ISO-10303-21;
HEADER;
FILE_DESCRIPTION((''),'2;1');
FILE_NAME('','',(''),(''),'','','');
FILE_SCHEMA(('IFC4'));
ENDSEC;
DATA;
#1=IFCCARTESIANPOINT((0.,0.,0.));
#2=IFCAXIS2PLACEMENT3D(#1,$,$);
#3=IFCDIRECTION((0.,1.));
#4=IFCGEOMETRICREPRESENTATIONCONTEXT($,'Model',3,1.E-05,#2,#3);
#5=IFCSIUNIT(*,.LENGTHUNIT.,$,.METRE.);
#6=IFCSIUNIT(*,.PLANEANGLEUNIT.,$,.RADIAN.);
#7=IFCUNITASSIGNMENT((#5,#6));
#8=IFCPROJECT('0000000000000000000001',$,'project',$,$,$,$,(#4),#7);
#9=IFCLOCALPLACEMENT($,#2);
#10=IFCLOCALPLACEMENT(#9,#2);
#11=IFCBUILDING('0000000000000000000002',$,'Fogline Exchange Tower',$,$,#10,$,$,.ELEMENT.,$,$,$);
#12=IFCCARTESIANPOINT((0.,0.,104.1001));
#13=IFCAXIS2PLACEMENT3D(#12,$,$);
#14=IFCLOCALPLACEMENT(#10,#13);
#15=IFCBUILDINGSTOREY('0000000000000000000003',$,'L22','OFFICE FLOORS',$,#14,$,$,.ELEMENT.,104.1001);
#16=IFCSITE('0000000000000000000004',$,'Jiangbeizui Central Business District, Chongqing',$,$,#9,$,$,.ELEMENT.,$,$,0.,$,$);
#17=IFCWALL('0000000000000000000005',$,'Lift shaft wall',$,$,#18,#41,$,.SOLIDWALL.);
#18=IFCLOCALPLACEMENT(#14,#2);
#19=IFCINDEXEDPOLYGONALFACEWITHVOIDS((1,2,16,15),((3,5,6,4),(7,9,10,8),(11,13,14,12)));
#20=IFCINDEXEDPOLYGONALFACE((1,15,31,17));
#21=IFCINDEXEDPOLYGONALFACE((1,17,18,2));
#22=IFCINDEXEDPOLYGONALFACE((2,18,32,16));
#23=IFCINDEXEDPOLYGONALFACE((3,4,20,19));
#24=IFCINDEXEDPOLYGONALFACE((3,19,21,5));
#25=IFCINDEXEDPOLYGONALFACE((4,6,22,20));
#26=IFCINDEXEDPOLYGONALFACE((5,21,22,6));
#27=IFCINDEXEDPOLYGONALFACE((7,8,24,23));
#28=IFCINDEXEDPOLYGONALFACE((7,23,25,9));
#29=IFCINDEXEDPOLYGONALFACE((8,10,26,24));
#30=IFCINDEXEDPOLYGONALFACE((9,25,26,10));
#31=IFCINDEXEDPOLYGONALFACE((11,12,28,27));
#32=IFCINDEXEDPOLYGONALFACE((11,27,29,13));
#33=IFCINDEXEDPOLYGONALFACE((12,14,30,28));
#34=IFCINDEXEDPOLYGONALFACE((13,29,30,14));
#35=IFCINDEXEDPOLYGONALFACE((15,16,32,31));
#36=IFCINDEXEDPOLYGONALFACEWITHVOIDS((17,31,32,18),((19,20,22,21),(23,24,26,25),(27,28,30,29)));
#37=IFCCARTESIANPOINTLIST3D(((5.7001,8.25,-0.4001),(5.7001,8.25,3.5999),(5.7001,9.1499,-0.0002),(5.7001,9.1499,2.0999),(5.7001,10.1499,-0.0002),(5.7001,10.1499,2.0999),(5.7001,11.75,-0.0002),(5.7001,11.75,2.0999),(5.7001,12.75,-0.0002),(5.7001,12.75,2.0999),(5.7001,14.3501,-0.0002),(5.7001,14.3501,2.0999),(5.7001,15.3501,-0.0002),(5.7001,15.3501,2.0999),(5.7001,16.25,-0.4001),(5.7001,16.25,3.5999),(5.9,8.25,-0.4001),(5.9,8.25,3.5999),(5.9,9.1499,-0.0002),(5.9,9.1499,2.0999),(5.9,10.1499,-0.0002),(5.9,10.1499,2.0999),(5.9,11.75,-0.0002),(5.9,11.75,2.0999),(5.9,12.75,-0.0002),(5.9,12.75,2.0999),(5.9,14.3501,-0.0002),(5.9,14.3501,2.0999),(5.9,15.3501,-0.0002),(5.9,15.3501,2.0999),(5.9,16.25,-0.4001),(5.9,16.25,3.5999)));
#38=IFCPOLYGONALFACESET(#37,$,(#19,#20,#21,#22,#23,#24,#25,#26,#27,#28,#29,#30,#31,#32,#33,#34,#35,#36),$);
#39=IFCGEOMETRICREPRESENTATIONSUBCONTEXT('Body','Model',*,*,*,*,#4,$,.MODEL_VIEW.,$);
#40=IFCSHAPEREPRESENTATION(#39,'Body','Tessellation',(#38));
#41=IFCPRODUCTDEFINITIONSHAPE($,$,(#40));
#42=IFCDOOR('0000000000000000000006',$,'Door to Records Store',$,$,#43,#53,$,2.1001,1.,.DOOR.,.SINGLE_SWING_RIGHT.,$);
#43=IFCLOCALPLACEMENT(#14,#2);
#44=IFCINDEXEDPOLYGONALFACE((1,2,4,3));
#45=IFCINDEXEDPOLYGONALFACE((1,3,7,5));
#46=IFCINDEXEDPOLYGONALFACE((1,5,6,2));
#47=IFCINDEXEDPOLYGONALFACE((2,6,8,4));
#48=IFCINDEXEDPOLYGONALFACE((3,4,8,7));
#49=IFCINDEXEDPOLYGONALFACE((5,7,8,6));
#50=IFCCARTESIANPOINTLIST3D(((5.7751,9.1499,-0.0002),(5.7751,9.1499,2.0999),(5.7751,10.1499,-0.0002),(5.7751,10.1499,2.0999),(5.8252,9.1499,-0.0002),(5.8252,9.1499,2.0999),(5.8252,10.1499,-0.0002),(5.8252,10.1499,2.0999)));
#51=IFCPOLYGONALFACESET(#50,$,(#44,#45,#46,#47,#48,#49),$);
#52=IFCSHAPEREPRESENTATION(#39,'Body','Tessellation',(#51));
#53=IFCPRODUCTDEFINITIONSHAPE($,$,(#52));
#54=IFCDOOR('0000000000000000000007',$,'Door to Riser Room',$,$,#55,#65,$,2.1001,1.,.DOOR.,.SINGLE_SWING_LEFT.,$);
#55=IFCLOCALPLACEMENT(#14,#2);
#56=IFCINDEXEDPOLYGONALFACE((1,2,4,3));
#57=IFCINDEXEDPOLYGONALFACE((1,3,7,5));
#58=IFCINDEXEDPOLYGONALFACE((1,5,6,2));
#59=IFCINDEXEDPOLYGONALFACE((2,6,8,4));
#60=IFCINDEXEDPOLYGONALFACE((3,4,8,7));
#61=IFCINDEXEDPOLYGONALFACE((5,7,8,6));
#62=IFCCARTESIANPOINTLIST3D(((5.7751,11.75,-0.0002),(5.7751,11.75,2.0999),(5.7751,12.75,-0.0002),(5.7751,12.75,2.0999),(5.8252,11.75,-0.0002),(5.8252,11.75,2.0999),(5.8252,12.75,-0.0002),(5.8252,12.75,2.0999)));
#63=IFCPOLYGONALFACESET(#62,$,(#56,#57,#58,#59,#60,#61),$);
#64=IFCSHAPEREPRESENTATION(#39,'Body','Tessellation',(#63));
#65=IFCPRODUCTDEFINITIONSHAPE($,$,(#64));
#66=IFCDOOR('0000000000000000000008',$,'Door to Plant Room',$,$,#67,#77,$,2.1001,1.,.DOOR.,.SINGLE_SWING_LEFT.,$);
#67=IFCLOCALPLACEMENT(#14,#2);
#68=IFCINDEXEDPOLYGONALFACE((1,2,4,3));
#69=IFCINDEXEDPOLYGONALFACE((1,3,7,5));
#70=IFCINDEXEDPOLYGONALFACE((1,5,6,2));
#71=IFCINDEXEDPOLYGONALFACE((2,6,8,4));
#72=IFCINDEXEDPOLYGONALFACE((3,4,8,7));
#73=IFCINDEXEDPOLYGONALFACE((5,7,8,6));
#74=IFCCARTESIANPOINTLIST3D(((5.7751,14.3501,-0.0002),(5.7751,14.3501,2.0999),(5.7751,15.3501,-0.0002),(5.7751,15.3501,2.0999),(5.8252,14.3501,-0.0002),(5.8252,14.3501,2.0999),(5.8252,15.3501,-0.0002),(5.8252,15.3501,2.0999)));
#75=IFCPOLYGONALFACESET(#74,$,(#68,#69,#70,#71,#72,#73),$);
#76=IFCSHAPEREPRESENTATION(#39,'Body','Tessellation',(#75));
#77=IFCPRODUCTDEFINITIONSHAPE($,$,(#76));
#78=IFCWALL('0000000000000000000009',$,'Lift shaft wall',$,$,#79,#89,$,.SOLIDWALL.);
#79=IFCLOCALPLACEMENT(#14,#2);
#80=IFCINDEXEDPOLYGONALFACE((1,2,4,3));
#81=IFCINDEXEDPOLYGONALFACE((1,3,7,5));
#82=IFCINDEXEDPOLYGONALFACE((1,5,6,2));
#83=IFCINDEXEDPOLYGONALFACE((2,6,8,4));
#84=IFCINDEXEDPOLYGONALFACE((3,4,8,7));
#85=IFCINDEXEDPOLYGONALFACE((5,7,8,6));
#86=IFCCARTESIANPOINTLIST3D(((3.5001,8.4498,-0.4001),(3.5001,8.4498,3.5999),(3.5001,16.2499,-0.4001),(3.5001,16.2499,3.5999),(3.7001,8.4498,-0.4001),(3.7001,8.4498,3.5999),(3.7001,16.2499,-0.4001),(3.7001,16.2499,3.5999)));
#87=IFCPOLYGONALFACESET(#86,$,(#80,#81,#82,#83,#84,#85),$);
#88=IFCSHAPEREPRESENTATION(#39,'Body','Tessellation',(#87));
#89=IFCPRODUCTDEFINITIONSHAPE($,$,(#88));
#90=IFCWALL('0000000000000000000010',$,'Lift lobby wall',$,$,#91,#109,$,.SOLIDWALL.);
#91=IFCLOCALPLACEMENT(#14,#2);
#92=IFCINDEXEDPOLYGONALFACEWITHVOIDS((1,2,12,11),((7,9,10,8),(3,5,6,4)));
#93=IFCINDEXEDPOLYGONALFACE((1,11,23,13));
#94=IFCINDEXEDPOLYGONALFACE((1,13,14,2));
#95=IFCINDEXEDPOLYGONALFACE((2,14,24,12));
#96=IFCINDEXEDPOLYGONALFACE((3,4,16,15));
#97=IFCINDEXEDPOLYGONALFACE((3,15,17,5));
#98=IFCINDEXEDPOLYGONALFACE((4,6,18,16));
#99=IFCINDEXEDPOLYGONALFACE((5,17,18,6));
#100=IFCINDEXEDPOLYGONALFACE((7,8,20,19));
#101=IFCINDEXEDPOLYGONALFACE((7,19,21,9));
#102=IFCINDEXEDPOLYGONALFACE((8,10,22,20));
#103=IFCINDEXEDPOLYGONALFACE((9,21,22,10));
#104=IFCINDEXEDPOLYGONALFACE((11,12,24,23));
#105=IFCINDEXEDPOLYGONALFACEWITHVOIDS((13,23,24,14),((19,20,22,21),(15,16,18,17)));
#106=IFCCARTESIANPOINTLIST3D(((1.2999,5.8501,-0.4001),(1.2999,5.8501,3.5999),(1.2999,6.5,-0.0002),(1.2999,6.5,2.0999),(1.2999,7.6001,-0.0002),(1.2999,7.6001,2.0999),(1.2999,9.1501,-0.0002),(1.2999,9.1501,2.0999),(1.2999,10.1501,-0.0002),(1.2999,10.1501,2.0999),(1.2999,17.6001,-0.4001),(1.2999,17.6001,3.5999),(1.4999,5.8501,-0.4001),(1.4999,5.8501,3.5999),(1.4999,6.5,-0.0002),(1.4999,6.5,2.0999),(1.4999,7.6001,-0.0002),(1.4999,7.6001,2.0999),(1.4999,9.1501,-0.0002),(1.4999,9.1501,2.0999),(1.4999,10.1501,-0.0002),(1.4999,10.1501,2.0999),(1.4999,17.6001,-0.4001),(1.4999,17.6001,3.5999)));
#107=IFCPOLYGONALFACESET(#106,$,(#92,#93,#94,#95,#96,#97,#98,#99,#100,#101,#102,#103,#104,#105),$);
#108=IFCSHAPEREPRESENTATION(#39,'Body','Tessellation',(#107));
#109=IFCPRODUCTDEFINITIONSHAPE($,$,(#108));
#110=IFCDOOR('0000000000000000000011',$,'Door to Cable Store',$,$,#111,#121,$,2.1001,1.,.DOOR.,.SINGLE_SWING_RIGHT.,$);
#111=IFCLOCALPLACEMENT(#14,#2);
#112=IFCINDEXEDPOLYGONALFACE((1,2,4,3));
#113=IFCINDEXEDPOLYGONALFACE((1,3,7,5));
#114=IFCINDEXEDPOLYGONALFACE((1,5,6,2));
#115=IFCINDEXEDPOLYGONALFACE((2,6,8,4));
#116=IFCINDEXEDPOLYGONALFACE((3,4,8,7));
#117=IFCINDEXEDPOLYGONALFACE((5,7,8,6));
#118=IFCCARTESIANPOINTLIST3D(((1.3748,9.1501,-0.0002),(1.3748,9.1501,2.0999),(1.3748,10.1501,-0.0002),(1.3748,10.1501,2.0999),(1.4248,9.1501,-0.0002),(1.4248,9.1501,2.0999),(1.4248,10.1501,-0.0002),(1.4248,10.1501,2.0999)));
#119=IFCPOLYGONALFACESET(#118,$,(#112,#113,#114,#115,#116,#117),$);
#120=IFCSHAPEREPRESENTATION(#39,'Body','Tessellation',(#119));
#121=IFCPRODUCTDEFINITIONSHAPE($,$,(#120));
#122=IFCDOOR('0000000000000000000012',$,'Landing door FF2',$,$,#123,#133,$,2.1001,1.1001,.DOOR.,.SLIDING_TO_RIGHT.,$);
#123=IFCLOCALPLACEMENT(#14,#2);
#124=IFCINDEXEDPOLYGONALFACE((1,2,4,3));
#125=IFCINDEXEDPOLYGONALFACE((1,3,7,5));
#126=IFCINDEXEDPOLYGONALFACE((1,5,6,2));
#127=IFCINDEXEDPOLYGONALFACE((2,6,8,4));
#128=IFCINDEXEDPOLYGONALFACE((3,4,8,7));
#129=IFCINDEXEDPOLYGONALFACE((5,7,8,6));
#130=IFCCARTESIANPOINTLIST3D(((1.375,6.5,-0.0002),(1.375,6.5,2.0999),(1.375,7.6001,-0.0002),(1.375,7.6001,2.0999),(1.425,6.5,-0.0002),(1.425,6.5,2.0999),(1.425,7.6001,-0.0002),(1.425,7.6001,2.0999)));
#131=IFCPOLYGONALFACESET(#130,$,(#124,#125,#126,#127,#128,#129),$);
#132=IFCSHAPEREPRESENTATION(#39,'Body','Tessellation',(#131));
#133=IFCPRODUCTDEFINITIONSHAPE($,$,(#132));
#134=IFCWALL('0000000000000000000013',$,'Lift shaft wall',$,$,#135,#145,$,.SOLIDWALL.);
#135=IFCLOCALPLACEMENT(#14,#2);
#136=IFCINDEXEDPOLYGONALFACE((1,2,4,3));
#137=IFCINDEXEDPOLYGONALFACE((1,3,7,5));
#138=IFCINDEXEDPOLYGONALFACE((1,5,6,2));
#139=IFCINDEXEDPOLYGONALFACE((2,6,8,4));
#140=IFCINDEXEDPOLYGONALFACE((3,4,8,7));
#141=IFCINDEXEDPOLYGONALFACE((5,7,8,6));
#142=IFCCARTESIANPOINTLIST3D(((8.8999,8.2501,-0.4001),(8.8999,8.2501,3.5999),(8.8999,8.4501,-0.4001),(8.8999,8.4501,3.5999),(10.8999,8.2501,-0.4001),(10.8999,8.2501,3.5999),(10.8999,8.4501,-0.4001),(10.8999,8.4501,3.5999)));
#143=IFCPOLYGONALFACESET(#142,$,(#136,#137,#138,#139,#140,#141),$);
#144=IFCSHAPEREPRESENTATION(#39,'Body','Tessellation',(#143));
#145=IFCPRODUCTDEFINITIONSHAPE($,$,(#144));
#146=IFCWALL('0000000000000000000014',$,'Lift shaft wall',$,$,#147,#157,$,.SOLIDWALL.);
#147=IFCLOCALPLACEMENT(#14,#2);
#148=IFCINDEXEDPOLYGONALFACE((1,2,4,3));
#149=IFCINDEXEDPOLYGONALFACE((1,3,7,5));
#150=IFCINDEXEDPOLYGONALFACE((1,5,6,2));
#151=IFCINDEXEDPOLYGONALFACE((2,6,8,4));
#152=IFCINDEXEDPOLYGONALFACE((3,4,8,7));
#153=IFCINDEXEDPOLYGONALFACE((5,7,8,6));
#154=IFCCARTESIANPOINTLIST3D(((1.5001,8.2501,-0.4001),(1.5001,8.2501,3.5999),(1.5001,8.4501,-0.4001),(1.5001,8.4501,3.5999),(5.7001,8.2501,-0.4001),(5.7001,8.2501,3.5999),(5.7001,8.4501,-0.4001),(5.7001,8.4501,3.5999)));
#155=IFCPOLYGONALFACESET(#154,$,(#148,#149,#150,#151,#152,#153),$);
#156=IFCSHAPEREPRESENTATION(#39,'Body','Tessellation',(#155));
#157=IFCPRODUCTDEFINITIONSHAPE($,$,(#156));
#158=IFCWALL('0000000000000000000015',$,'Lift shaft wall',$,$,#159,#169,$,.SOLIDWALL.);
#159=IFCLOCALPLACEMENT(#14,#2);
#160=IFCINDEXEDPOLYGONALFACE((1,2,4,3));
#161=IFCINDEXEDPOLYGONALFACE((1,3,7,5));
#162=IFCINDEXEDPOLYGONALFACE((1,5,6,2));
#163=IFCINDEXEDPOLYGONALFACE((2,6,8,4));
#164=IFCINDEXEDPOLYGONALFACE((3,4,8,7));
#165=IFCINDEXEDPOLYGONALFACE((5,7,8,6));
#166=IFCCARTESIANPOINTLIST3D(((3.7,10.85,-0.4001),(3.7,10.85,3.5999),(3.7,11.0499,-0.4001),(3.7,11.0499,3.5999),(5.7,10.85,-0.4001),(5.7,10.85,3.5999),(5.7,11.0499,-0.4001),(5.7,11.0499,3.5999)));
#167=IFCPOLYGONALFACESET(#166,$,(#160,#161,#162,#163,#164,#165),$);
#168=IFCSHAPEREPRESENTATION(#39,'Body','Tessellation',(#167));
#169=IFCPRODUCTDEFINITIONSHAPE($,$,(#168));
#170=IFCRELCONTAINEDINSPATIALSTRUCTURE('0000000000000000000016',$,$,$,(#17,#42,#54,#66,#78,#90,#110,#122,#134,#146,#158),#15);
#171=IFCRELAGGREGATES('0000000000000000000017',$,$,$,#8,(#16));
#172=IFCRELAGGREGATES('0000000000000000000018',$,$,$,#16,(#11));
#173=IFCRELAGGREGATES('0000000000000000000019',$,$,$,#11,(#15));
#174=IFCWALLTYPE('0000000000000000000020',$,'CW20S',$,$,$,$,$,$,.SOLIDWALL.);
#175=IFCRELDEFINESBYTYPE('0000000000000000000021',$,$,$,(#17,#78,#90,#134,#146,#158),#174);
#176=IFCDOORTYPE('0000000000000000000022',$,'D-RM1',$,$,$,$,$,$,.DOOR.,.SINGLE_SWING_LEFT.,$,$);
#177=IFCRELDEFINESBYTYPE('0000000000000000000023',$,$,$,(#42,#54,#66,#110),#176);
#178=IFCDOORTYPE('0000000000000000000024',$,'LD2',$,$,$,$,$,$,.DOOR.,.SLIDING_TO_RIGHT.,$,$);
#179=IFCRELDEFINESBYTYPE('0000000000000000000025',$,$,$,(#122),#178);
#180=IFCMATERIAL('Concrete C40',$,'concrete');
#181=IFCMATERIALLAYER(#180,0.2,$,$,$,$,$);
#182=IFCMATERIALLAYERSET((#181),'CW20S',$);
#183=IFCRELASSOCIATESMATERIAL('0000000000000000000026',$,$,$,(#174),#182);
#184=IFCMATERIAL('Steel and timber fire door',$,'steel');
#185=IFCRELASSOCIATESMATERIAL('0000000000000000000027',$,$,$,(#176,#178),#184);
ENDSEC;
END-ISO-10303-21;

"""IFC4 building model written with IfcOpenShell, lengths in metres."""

from ifc_helpers import new_model, si_unit, direction, frame, frame_2d, origin, place, context, subcontext, project, spatial, rectangle, extrude, material, layer, layer_set, type_object, element, fill, save


model = new_model("IFC4")

# Units and contexts
model_context = context("Model", 3, precision=1e-05, world=origin(), true_north=direction((0.0, 1.0)))
body_context = subcontext(model_context, "Body", "Model", "MODEL_VIEW")
ifc_project = project(units=[si_unit("LENGTHUNIT", "METRE"), si_unit("PLANEANGLEUNIT", "RADIAN")], contexts=[model_context])

# Site, building, storey
site_placement = place(None, origin())
site = spatial("IfcSite", under=ifc_project, at=site_placement, Name="Jiangbeizui Central Business District, Chongqing", CompositionType="ELEMENT", RefElevation=0.0)
building_placement = place(site_placement, origin())
building = spatial("IfcBuilding", under=site, at=building_placement, Name="Fogline Exchange Tower", CompositionType="ELEMENT")
storey_placement = place(building_placement, frame((0.0, 0.0, 104.1001)))
storey = spatial("IfcBuildingStorey", under=building, at=storey_placement, Name="L22", Description="OFFICE FLOORS", CompositionType="ELEMENT", Elevation=104.1001)

# Shared definitions
ifc_material_1 = material(Name="Concrete C40", Category="concrete")

# Shared definitions
ifc_material_2 = material(Name="Steel and timber fire door", Category="steel")

# Wall, openings, doors
ifc_layer_1 = layer(ifc_material_1, 0.2)
ifc_layer_set_1 = layer_set([ifc_layer_1], Name="CW20S")
wall_type_1 = type_object("IfcWallType", Name="CW20S", PredefinedType="SOLIDWALL", material=ifc_layer_set_1)
door_type_1 = type_object("IfcDoorType", Name="D-RM1", OperationType="SINGLE_SWING_LEFT", PredefinedType="DOOR", material=ifc_material_2)
wall_1_placement = place(storey_placement, frame((5.8, 8.25, -0.4001), z_axis=(0.0, 0.0, 1.0), x_axis=(0.0, 1.0, 0.0)))
wall_1 = element("IfcWall", 1, at=wall_1_placement, inside=storey, type_object=wall_type_1, Name="Lift shaft wall", PredefinedType="SOLIDWALL", context=body_context, shape_type="SweptSolid", body=[
    extrude(rectangle(XDim=8.0, YDim=0.2, at=frame_2d((4.0, 0.0))), origin(), (0.0, 0.0, 1.0), 4.0),
])
opening_1_placement = place(wall_1_placement, frame((0.8999, 0.0, 0.3999)))
opening_1 = element("IfcOpeningElement", 2, at=opening_1_placement, cuts=wall_1, PredefinedType="OPENING", context=body_context, shape_type="SweptSolid", body=[
    extrude(rectangle(XDim=1.0, YDim=2.1001, at=frame_2d((0.5, 1.05))), frame((0.0, 0.1099, 0.0), z_axis=(0.0, -1.0, 0.0), x_axis=(1.0, 0.0, 0.0)), (0.0, 0.0, 1.0), 0.22),
])
opening_2_placement = place(wall_1_placement, frame((3.5, 0.0, 0.3999)))
opening_2 = element("IfcOpeningElement", 3, at=opening_2_placement, cuts=wall_1, PredefinedType="OPENING", context=body_context, shape_type="SweptSolid", body=[
    extrude(rectangle(XDim=1.0, YDim=2.1001, at=frame_2d((0.5, 1.05))), frame((0.0, 0.1099, 0.0), z_axis=(0.0, -1.0, 0.0), x_axis=(1.0, 0.0, 0.0)), (0.0, 0.0, 1.0), 0.22),
])
opening_3_placement = place(wall_1_placement, frame((6.1001, 0.0, 0.3999)))
opening_3 = element("IfcOpeningElement", 4, at=opening_3_placement, cuts=wall_1, PredefinedType="OPENING", context=body_context, shape_type="SweptSolid", body=[
    extrude(rectangle(XDim=1.0, YDim=2.1001, at=frame_2d((0.5, 1.05))), frame((0.0, 0.1099, 0.0), z_axis=(0.0, -1.0, 0.0), x_axis=(1.0, 0.0, 0.0)), (0.0, 0.0, 1.0), 0.22),
])
door_1_placement = place(opening_1_placement, origin())
door_1 = element("IfcDoor", 5, at=door_1_placement, inside=storey, type_object=door_type_1, Name="Door to Records Store", OperationType="SINGLE_SWING_RIGHT", OverallHeight=2.1001, OverallWidth=1.0, PredefinedType="DOOR", context=body_context, shape_type="SweptSolid", body=[
    extrude(rectangle(XDim=1.0, YDim=2.1001, at=frame_2d((0.5, 1.05))), frame((0.0, 0.0249, 0.0), z_axis=(0.0, -1.0, 0.0), x_axis=(1.0, 0.0, 0.0)), (0.0, 0.0, 1.0), 0.05),
])
fill(opening_1, door_1)
door_2_placement = place(opening_2_placement, origin())
door_2 = element("IfcDoor", 6, at=door_2_placement, inside=storey, type_object=door_type_1, Name="Door to Riser Room", OperationType="SINGLE_SWING_LEFT", OverallHeight=2.1001, OverallWidth=1.0, PredefinedType="DOOR", context=body_context, shape_type="SweptSolid", body=[
    extrude(rectangle(XDim=1.0, YDim=2.1001, at=frame_2d((0.5, 1.05))), frame((0.0, 0.0249, 0.0), z_axis=(0.0, -1.0, 0.0), x_axis=(1.0, 0.0, 0.0)), (0.0, 0.0, 1.0), 0.05),
])
fill(opening_2, door_2)
door_3_placement = place(opening_3_placement, origin())
door_3 = element("IfcDoor", 7, at=door_3_placement, inside=storey, type_object=door_type_1, Name="Door to Plant Room", OperationType="SINGLE_SWING_LEFT", OverallHeight=2.1001, OverallWidth=1.0, PredefinedType="DOOR", context=body_context, shape_type="SweptSolid", body=[
    extrude(rectangle(XDim=1.0, YDim=2.1001, at=frame_2d((0.5, 1.05))), frame((0.0, 0.0249, 0.0), z_axis=(0.0, -1.0, 0.0), x_axis=(1.0, 0.0, 0.0)), (0.0, 0.0, 1.0), 0.05),
])
fill(opening_3, door_3)

# Wall
wall_2_placement = place(storey_placement, frame((3.6001, 8.45, -0.4001), z_axis=(0.0, 0.0, 1.0), x_axis=(0.0, 1.0, 0.0)))
element("IfcWall", 8, at=wall_2_placement, inside=storey, type_object=wall_type_1, Name="Lift shaft wall", PredefinedType="SOLIDWALL", context=body_context, shape_type="SweptSolid", body=[
    extrude(rectangle(XDim=7.8, YDim=0.2, at=frame_2d((3.8999, 0.0))), origin(), (0.0, 0.0, 1.0), 4.0),
])

# Wall, openings, doors
wall_3_placement = place(storey_placement, frame((1.3999, 5.8501, -0.4001), z_axis=(0.0, 0.0, 1.0), x_axis=(0.0, 1.0, 0.0)))
wall_3 = element("IfcWall", 9, at=wall_3_placement, inside=storey, type_object=wall_type_1, Name="Lift lobby wall", PredefinedType="SOLIDWALL", context=body_context, shape_type="SweptSolid", body=[
    extrude(rectangle(XDim=11.75, YDim=0.2, at=frame_2d((5.875, 0.0))), origin(), (0.0, 0.0, 1.0), 4.0),
])
opening_4_placement = place(wall_3_placement, frame((0.6499, 0.0, 0.3999)))
opening_4 = element("IfcOpeningElement", 10, at=opening_4_placement, cuts=wall_3, PredefinedType="OPENING", context=body_context, shape_type="SweptSolid", body=[
    extrude(rectangle(XDim=1.1001, YDim=2.1001, at=frame_2d((0.55, 1.05))), frame((0.0, 0.1099, 0.0), z_axis=(0.0, -1.0, 0.0), x_axis=(1.0, 0.0, 0.0)), (0.0, 0.0, 1.0), 0.22),
])
opening_5_placement = place(wall_3_placement, frame((3.3, 0.0, 0.3999)))
opening_5 = element("IfcOpeningElement", 11, at=opening_5_placement, cuts=wall_3, PredefinedType="OPENING", context=body_context, shape_type="SweptSolid", body=[
    extrude(rectangle(XDim=1.0, YDim=2.1001, at=frame_2d((0.5, 1.05))), frame((0.0, 0.1099, 0.0), z_axis=(0.0, -1.0, 0.0), x_axis=(1.0, 0.0, 0.0)), (0.0, 0.0, 1.0), 0.22),
])
door_4_placement = place(opening_5_placement, frame((1.0, 0.0, 0.0), z_axis=(0.0, 0.0, 1.0), x_axis=(-1.0, 0.0, 0.0)))
door_4 = element("IfcDoor", 12, at=door_4_placement, inside=storey, type_object=door_type_1, Name="Door to Cable Store", OperationType="SINGLE_SWING_RIGHT", OverallHeight=2.1001, OverallWidth=1.0, PredefinedType="DOOR", context=body_context, shape_type="SweptSolid", body=[
    extrude(rectangle(XDim=1.0, YDim=2.1001, at=frame_2d((0.5, 1.05))), frame((0.0, 0.0249, 0.0), z_axis=(0.0, -1.0, 0.0), x_axis=(1.0, 0.0, 0.0)), (0.0, 0.0, 1.0), 0.05),
])
fill(opening_5, door_4)
door_type_2 = type_object("IfcDoorType", Name="LD2", OperationType="SLIDING_TO_RIGHT", PredefinedType="DOOR", material=ifc_material_2)
door_5_placement = place(opening_4_placement, origin())
door_5 = element("IfcDoor", 13, at=door_5_placement, inside=storey, type_object=door_type_2, Name="Landing door FF2", OperationType="SLIDING_TO_RIGHT", OverallHeight=2.1001, OverallWidth=1.1001, PredefinedType="DOOR", context=body_context, shape_type="SweptSolid", body=[
    extrude(rectangle(XDim=1.1001, YDim=2.1001, at=frame_2d((0.55, 1.05))), frame((0.0, 0.0249, 0.0), z_axis=(0.0, -1.0, 0.0), x_axis=(1.0, 0.0, 0.0)), (0.0, 0.0, 1.0), 0.05),
])
fill(opening_4, door_5)

# Walls
wall_4_placement = place(storey_placement, frame((8.8999, 8.3501, -0.4001), z_axis=(0.0, 0.0, 1.0), x_axis=(1.0, 0.0, 0.0)))
element("IfcWall", 14, at=wall_4_placement, inside=storey, type_object=wall_type_1, Name="Lift shaft wall", PredefinedType="SOLIDWALL", context=body_context, shape_type="SweptSolid", body=[
    extrude(rectangle(XDim=2.0, YDim=0.2, at=frame_2d((1.0, 0.0))), origin(), (0.0, 0.0, 1.0), 4.0),
])
wall_5_placement = place(storey_placement, frame((1.5, 8.3501, -0.4001), z_axis=(0.0, 0.0, 1.0), x_axis=(1.0, 0.0, 0.0)))
element("IfcWall", 15, at=wall_5_placement, inside=storey, type_object=wall_type_1, Name="Lift shaft wall", PredefinedType="SOLIDWALL", context=body_context, shape_type="SweptSolid", body=[
    extrude(rectangle(XDim=4.2, YDim=0.2, at=frame_2d((2.1001, 0.0))), origin(), (0.0, 0.0, 1.0), 4.0),
])
for number, where, z_axis, x_axis, name in (
    (16, (3.7, 10.95, -0.4001), (0.0, 0.0, 1.0), (1.0, 0.0, 0.0), "Lift shaft wall"),
):
    element("IfcWall", number, at=place(storey_placement, frame(where, z_axis=z_axis, x_axis=x_axis)), inside=storey, type_object=wall_type_1, Name=name, PredefinedType="SOLIDWALL", context=body_context, shape_type="SweptSolid", body=[
        extrude(rectangle(XDim=2.0, YDim=0.2, at=frame_2d((1.0, 0.0))), origin(), (0.0, 0.0, 1.0), 4.0),
    ])

save(model, "model.ifc")
